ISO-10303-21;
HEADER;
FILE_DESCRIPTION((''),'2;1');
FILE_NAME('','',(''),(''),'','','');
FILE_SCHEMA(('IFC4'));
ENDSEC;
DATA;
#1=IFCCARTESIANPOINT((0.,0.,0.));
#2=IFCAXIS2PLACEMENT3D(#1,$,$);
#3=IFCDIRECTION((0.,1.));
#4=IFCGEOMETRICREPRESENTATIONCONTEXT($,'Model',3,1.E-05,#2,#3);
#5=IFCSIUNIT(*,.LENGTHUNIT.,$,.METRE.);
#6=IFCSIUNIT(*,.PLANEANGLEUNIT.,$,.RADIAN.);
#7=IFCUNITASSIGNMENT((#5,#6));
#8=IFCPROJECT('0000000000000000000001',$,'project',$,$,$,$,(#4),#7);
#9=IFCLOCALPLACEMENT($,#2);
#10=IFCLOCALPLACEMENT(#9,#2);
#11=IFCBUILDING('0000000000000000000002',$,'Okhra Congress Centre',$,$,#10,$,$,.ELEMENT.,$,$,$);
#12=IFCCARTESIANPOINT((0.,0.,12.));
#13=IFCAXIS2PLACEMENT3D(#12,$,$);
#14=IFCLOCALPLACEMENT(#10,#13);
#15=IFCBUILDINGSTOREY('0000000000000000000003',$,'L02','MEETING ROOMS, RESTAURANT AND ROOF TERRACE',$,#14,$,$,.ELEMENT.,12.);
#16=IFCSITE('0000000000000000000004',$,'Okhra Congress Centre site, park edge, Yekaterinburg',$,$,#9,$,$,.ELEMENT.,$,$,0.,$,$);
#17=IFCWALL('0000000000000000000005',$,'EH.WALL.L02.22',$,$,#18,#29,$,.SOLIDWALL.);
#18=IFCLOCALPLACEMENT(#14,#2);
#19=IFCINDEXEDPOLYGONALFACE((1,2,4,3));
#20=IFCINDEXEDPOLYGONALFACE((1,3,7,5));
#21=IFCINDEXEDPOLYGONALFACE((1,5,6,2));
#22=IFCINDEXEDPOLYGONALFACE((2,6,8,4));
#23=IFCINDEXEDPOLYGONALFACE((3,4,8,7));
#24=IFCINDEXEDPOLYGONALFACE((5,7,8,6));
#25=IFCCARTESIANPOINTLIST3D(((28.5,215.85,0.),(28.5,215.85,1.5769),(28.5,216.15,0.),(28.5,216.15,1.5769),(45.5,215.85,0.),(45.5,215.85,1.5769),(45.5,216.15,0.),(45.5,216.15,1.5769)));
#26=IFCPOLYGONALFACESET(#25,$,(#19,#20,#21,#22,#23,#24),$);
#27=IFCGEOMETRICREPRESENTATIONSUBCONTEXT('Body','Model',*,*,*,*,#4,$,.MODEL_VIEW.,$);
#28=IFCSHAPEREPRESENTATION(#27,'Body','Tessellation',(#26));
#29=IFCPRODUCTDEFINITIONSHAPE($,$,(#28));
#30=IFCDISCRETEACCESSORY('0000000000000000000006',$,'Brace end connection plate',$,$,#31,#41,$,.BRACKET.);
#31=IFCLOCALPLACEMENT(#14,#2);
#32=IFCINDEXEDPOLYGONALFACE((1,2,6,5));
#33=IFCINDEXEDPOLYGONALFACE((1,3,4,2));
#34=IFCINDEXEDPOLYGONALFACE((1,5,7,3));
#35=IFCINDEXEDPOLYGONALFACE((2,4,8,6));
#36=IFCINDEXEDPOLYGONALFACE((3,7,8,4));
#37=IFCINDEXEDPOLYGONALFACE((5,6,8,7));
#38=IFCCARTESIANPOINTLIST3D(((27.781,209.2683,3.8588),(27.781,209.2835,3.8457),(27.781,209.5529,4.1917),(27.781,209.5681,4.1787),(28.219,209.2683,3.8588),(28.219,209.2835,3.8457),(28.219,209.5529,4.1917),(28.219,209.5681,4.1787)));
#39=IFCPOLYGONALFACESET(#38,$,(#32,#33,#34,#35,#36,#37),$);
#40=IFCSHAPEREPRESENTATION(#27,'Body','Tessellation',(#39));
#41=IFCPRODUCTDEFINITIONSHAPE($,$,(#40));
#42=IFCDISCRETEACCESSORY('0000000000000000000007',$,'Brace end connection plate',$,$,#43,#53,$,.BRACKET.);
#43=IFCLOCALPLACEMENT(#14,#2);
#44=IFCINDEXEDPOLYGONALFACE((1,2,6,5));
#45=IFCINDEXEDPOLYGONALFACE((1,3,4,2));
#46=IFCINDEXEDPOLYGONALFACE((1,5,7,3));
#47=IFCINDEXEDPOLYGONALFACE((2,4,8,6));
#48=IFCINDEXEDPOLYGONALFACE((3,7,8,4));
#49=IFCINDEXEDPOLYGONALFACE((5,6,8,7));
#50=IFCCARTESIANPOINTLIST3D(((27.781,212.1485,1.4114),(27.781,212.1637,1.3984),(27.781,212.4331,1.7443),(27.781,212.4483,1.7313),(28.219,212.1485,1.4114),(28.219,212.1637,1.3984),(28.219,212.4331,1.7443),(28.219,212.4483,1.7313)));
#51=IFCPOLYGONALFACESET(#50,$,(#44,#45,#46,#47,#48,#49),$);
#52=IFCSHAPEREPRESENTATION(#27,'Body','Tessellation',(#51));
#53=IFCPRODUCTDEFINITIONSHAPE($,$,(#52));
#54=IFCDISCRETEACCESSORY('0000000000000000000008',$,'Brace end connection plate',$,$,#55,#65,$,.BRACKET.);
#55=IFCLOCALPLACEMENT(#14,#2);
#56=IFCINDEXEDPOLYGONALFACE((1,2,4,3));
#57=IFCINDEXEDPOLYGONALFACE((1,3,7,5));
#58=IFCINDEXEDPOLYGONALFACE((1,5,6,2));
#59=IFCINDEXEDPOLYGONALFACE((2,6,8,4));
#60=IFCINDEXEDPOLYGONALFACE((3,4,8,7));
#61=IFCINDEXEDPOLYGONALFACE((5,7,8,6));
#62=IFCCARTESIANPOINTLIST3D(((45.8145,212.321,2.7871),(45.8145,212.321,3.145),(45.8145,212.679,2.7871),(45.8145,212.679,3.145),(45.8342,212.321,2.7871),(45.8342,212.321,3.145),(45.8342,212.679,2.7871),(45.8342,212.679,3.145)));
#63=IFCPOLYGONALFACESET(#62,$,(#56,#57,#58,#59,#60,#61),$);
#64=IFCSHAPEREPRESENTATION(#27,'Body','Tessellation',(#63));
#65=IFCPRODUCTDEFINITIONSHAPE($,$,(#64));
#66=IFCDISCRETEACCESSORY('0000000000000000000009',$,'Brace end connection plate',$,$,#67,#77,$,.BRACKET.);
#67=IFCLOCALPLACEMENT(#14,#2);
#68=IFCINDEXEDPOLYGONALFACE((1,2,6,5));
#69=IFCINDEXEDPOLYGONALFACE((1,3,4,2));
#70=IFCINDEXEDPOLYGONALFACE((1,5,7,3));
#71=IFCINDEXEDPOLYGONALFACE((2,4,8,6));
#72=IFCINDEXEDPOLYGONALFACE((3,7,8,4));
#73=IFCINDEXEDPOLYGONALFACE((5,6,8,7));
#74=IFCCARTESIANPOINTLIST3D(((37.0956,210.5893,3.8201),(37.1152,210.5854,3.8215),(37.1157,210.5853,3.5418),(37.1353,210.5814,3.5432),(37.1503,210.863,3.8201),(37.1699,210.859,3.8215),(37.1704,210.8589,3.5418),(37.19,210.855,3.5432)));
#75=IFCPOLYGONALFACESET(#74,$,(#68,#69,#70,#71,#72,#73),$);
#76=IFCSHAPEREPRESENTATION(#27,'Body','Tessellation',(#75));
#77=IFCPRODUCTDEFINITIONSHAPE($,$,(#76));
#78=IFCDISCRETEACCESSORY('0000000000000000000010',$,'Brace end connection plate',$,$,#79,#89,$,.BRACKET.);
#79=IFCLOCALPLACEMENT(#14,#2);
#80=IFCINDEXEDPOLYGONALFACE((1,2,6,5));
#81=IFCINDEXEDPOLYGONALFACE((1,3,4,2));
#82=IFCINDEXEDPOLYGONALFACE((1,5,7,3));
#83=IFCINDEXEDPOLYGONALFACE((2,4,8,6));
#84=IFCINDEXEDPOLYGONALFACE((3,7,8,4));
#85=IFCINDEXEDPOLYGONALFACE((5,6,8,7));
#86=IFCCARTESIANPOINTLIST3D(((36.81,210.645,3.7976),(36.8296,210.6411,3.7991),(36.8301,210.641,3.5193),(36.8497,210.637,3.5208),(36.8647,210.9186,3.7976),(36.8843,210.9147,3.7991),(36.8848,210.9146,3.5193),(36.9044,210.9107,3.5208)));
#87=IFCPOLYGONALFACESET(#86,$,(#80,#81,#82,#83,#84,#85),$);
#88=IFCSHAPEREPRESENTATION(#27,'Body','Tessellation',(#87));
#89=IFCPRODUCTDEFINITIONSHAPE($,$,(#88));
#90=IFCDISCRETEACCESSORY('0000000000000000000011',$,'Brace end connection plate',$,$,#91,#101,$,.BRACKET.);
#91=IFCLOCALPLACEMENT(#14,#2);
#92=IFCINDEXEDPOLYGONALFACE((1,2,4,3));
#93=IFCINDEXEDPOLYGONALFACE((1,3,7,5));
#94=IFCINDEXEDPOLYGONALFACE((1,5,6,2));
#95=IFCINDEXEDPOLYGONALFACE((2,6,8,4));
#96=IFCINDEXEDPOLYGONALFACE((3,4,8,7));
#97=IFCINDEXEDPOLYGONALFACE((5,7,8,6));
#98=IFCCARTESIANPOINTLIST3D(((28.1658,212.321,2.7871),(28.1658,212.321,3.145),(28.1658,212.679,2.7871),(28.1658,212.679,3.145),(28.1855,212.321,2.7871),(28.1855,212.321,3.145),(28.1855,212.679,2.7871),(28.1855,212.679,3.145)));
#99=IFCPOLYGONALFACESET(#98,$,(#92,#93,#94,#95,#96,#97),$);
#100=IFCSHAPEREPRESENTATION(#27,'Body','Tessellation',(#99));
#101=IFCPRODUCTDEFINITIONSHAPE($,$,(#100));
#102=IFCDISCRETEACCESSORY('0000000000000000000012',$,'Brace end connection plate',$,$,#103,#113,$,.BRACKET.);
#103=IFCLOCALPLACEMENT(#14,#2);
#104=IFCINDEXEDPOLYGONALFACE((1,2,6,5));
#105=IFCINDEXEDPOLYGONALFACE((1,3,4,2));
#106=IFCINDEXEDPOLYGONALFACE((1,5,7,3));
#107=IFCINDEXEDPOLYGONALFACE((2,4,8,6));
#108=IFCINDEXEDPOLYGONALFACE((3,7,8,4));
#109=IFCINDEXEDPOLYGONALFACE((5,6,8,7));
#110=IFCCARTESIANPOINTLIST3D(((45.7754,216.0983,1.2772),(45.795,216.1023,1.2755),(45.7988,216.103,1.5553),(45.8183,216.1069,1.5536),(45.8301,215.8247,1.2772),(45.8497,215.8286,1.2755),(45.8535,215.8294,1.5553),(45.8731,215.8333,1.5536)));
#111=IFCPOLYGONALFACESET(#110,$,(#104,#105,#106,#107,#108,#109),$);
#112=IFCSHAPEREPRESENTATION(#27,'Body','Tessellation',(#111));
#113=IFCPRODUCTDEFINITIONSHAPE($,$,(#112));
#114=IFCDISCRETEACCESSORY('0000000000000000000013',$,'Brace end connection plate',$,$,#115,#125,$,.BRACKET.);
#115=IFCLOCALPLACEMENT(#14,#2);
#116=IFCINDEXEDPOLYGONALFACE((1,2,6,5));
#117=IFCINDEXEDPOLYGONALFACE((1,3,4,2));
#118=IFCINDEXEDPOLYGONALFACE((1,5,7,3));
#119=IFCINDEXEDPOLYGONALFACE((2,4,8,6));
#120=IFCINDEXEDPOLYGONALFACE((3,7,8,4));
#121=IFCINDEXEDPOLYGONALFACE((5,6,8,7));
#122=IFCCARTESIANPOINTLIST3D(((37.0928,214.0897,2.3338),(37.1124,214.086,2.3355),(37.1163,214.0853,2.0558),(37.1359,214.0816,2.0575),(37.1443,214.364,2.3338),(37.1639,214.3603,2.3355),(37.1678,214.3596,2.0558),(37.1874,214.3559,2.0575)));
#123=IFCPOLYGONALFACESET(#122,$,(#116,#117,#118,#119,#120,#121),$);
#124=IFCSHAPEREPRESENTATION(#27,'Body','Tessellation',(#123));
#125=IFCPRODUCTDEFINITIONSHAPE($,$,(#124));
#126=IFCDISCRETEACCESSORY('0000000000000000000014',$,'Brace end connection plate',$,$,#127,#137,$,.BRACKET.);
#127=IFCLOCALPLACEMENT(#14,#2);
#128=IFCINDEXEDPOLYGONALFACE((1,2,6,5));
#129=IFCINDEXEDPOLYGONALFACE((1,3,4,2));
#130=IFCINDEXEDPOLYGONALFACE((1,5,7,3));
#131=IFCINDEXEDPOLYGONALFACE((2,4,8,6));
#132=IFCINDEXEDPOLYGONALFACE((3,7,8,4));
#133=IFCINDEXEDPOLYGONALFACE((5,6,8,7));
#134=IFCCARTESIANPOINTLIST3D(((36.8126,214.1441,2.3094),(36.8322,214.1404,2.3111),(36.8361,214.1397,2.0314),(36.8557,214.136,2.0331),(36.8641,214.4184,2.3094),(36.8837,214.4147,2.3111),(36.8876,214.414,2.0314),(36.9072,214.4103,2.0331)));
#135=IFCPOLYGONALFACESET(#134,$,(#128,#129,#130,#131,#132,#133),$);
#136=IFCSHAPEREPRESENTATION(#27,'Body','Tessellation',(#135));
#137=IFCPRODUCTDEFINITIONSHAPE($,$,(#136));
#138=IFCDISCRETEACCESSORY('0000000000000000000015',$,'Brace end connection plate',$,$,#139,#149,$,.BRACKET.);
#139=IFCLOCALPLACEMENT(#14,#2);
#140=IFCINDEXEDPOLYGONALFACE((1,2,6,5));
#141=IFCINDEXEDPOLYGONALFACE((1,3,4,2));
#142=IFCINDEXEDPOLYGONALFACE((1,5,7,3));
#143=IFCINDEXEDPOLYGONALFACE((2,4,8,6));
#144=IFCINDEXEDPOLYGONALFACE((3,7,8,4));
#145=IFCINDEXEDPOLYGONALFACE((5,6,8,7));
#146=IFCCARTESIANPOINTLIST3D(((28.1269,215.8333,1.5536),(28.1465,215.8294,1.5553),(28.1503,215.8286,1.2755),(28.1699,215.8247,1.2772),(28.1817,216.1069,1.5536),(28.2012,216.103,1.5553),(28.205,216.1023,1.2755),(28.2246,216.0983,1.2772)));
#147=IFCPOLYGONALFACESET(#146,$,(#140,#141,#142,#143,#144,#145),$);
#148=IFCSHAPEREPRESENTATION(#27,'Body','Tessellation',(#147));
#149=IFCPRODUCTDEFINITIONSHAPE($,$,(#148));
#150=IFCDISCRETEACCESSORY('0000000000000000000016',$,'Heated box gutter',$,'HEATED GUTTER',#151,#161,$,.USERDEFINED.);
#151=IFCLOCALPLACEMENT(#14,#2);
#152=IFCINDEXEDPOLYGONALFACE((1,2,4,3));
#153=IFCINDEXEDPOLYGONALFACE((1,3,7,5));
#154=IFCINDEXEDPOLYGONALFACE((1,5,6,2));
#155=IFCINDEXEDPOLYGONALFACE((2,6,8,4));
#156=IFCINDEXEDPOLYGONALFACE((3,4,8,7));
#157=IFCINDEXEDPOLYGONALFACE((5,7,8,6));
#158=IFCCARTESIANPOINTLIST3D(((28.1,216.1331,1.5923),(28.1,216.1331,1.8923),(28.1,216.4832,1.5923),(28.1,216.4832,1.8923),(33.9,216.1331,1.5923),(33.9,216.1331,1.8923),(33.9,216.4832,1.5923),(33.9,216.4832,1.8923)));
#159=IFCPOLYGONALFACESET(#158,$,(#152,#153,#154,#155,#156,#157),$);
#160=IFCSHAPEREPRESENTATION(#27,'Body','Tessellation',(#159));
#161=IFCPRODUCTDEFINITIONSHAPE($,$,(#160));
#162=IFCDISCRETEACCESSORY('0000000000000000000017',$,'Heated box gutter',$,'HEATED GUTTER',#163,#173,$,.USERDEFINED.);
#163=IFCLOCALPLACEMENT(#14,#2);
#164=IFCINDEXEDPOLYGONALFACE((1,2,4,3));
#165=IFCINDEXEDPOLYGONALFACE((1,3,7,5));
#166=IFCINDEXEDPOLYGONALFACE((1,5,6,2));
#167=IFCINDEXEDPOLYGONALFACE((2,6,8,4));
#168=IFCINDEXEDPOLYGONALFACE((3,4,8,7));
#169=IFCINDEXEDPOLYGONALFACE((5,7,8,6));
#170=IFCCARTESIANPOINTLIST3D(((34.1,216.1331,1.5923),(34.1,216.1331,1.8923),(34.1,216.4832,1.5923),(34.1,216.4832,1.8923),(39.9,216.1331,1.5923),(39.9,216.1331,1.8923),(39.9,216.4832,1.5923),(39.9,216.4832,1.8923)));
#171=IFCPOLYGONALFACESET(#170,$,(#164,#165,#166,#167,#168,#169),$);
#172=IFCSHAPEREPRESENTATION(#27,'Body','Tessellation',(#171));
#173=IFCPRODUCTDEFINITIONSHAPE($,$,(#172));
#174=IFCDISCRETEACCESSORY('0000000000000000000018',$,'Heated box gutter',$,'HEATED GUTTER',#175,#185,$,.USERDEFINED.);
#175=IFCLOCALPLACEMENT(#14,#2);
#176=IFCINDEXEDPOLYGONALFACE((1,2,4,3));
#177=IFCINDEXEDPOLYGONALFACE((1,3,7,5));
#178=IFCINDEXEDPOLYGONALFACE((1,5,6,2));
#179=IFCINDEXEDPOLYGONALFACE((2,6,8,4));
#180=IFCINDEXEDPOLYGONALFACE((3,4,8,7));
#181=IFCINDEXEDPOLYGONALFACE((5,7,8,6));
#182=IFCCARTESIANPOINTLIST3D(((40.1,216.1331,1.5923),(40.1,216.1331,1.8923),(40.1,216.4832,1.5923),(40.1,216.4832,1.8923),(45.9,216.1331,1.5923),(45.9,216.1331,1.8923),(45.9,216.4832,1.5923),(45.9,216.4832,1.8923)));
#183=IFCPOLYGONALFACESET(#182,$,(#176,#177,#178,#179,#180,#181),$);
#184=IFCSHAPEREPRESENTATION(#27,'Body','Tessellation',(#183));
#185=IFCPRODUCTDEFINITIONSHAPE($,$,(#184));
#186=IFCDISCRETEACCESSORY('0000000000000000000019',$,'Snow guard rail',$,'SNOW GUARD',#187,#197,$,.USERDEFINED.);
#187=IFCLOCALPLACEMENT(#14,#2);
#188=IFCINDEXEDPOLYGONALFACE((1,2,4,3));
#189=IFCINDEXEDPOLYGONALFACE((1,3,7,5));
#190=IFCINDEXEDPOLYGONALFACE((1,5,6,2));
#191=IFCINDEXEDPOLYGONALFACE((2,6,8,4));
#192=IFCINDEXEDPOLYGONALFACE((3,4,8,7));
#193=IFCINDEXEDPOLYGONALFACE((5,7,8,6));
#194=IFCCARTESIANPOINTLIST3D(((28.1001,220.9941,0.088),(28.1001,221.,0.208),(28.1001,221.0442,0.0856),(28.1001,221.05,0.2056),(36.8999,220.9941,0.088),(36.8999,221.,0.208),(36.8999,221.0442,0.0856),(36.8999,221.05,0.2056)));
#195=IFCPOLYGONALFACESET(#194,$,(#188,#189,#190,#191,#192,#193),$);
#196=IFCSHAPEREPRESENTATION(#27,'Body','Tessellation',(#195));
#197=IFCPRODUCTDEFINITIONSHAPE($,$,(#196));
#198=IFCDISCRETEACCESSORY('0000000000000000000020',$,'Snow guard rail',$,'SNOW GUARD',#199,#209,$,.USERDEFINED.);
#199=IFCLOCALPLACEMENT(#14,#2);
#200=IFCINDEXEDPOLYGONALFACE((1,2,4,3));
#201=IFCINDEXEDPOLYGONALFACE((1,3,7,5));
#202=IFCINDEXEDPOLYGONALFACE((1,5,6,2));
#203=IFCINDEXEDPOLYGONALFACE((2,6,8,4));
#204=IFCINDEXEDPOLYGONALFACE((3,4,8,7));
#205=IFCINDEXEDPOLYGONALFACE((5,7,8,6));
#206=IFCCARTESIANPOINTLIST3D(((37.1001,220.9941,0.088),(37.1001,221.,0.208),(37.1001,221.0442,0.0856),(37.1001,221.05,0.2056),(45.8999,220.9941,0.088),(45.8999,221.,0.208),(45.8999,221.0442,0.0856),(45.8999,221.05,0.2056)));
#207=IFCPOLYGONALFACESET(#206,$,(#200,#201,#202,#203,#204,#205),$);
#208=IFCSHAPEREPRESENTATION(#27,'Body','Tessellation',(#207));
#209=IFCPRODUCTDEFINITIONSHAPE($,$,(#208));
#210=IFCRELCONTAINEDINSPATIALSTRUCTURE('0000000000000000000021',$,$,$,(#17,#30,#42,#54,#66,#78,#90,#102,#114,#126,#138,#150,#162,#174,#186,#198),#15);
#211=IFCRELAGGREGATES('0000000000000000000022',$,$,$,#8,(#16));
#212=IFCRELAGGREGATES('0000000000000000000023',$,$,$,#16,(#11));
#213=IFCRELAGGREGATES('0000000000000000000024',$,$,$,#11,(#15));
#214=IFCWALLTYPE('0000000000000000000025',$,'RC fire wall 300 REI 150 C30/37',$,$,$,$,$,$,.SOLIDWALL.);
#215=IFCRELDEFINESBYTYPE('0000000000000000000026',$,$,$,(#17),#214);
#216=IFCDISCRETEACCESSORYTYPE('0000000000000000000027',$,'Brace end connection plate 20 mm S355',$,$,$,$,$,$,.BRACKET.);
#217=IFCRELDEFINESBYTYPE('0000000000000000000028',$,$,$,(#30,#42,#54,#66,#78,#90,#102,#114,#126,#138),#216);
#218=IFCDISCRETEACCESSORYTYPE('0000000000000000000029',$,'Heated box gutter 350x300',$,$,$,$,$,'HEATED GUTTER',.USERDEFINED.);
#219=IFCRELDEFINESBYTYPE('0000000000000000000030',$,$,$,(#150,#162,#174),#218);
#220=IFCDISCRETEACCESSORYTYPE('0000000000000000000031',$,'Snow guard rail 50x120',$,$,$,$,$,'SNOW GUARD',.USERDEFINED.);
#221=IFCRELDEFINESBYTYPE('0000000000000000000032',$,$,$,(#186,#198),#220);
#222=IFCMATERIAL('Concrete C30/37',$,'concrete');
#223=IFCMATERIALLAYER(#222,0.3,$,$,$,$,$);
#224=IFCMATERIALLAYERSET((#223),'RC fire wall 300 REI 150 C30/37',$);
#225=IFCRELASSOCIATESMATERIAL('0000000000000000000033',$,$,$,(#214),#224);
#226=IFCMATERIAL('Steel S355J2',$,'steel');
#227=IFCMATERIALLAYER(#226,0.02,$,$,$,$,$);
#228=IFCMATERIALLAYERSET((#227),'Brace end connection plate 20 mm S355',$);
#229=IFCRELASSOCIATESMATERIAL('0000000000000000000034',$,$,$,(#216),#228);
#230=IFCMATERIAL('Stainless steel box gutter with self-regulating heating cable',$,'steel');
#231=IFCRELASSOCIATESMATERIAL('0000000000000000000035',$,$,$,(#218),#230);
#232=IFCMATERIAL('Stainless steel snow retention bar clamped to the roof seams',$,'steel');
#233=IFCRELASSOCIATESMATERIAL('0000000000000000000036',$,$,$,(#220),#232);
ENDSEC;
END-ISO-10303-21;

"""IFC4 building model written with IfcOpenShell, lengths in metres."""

from ifc_helpers import new_model, si_unit, direction, frame, frame_2d, origin, origin_2d, place, context, subcontext, project, spatial, polyline, rectangle, outline, extrude, material, layer, layer_set, type_object, element, save


model = new_model("IFC4")

# Units and contexts
model_context = context("Model", 3, precision=1e-05, world=origin(), true_north=direction((0.0, 1.0)))
body_context = subcontext(model_context, "Body", "Model", "MODEL_VIEW")
ifc_project = project(units=[si_unit("LENGTHUNIT", "METRE"), si_unit("PLANEANGLEUNIT", "RADIAN")], contexts=[model_context])

# Site, building, storey
site_placement = place(None, origin())
site = spatial("IfcSite", under=ifc_project, at=site_placement, Name="Okhra Congress Centre site, park edge, Yekaterinburg", CompositionType="ELEMENT", RefElevation=0.0)
building_placement = place(site_placement, origin())
building = spatial("IfcBuilding", under=site, at=building_placement, Name="Okhra Congress Centre", CompositionType="ELEMENT")
storey_placement = place(building_placement, frame((0.0, 0.0, 12.0)))
storey = spatial("IfcBuildingStorey", under=building, at=storey_placement, Name="L02", Description="MEETING ROOMS, RESTAURANT AND ROOF TERRACE", CompositionType="ELEMENT", Elevation=12.0)

# Shared definitions
ifc_material_1 = material(Name="Steel S355J2", Category="steel")

# Wall
ifc_material_2 = material(Name="Concrete C30/37", Category="concrete")
ifc_layer_1 = layer(ifc_material_2, 0.3)
ifc_layer_set_1 = layer_set([ifc_layer_1], Name="RC fire wall 300 REI 150 C30/37")
wall_type = type_object("IfcWallType", Name="RC fire wall 300 REI 150 C30/37", PredefinedType="SOLIDWALL", material=ifc_layer_set_1)
wall_placement = place(storey_placement, frame((28.5, 216.0, 0.0), z_axis=(0.0, 0.0, 1.0), x_axis=(1.0, 0.0, 0.0)))
element("IfcWall", 1, at=wall_placement, inside=storey, type_object=wall_type, Name="EH.WALL.L02.22", PredefinedType="SOLIDWALL", context=body_context, shape_type="SweptSolid", body=[
    extrude(rectangle(XDim=17.0, YDim=0.3, at=frame_2d((8.5, 0.0))), origin(), (0.0, 0.0, 1.0), 1.5769),
])

# Discrete accessories
ifc_layer_2 = layer(ifc_material_1, 0.02)
ifc_layer_set_2 = layer_set([ifc_layer_2], Name="Brace end connection plate 20 mm S355")
discrete_accessory_type_1 = type_object("IfcDiscreteAccessoryType", Name="Brace end connection plate 20 mm S355", PredefinedType="BRACKET", material=ifc_layer_set_2)
for number, where, z_axis, x_axis, name in (
    (2, (28.0, 209.4258, 4.0122), (0.0, -0.760121, 0.649781), (1.0, 0.0, 0.0), "Brace end connection plate"),
    (3, (28.0, 212.2908, 1.5779), (0.0, 0.760121, -0.649781), (-1.0, 0.0, 0.0), "Brace end connection plate"),
):
    element("IfcDiscreteAccessory", number, at=place(storey_placement, frame(where, z_axis=z_axis, x_axis=x_axis)), inside=storey, type_object=discrete_accessory_type_1, Name=name, PredefinedType="BRACKET", context=body_context, shape_type="SweptSolid", body=[
        extrude(rectangle(XDim=0.438, YDim=0.438, at=origin_2d()), origin(), (0.0, 0.0, 1.0), 0.02),
    ])
discrete_accessory_1_placement = place(storey_placement, frame((45.8145, 212.5, 2.9661), z_axis=(1.0, 0.0, 0.0), x_axis=(0.0, 1.0, 0.0)))
element("IfcDiscreteAccessory", 4, at=discrete_accessory_1_placement, inside=storey, type_object=discrete_accessory_type_1, Name="Brace end connection plate", PredefinedType="BRACKET", context=body_context, shape_type="SweptSolid", body=[
    extrude(rectangle(XDim=0.3579, YDim=0.3579, at=origin_2d()), origin(), (0.0, 0.0, 1.0), 0.0198),
])
for number, where, z_axis, x_axis, name in (
    (5, (37.1526, 210.7202, 3.6824), (-0.97794, 0.195588, -0.073345), (-0.196116, -0.980581, 0.0), "Brace end connection plate"),
    (6, (36.8474, 210.7798, 3.6584), (0.97794, -0.195588, 0.073345), (0.196116, 0.980581, 0.0), "Brace end connection plate"),
):
    element("IfcDiscreteAccessory", number, at=place(storey_placement, frame(where, z_axis=z_axis, x_axis=x_axis)), inside=storey, type_object=discrete_accessory_type_1, Name=name, PredefinedType="BRACKET", context=body_context, shape_type="SweptSolid", body=[
        extrude(rectangle(XDim=0.2791, YDim=0.2791, at=origin_2d()), origin(), (0.0, 0.0, 1.0), 0.02),
    ])
discrete_accessory_2_placement = place(storey_placement, frame((28.1855, 212.5, 2.9661), z_axis=(-1.0, 0.0, 0.0), x_axis=(0.0, -1.0, 0.0)))
element("IfcDiscreteAccessory", 7, at=discrete_accessory_2_placement, inside=storey, type_object=discrete_accessory_type_1, Name="Brace end connection plate", PredefinedType="BRACKET", context=body_context, shape_type="SweptSolid", body=[
    extrude(rectangle(XDim=0.3579, YDim=0.3579, at=origin_2d()), origin(), (0.0, 0.0, 1.0), 0.0198),
])
for number, where, z_axis, x_axis, name in (
    (8, (45.8145, 215.9639, 1.4163), (0.976991, 0.195398, -0.085487), (-0.196116, 0.980581, 0.0), "Brace end connection plate"),
    (9, (37.1499, 214.2209, 2.1965), (-0.979257, 0.183611, -0.085685), (-0.184289, -0.982872, 0.0), "Brace end connection plate"),
    (10, (36.8501, 214.2791, 2.1704), (0.979257, -0.183611, 0.085685), (0.184289, 0.982872, 0.0), "Brace end connection plate"),
    (11, (28.1855, 215.9639, 1.4163), (-0.976991, 0.195398, -0.085487), (-0.196116, -0.980581, 0.0), "Brace end connection plate"),
):
    element("IfcDiscreteAccessory", number, at=place(storey_placement, frame(where, z_axis=z_axis, x_axis=x_axis)), inside=storey, type_object=discrete_accessory_type_1, Name=name, PredefinedType="BRACKET", context=body_context, shape_type="SweptSolid", body=[
        extrude(rectangle(XDim=0.2791, YDim=0.2791, at=origin_2d()), origin(), (0.0, 0.0, 1.0), 0.02),
    ])
ifc_material_3 = material(Name="Stainless steel box gutter with self-regulating heating cable", Category="steel")
discrete_accessory_type_2 = type_object("IfcDiscreteAccessoryType", Name="Heated box gutter 350x300", ElementType="HEATED GUTTER", PredefinedType="USERDEFINED", material=ifc_material_3)
for number, where, z_axis, x_axis, name in (
    (12, (31.0, 216.3081, 1.5923), (0.0, 0.0, 1.0), (1.0, 0.0, 0.0), "Heated box gutter"),
    (13, (37.0, 216.3081, 1.5923), (0.0, 0.0, 1.0), (1.0, 0.0, 0.0), "Heated box gutter"),
    (14, (43.0, 216.3081, 1.5923), (0.0, 0.0, 1.0), (1.0, 0.0, 0.0), "Heated box gutter"),
):
    element("IfcDiscreteAccessory", number, at=place(storey_placement, frame(where, z_axis=z_axis, x_axis=x_axis)), inside=storey, type_object=discrete_accessory_type_2, Name=name, ObjectType="HEATED GUTTER", PredefinedType="USERDEFINED", context=body_context, shape_type="SweptSolid", body=[
        extrude(rectangle(XDim=5.8, YDim=0.3501, at=origin_2d()), origin(), (0.0, 0.0, 1.0), 0.3),
    ])
ifc_material_4 = material(Name="Stainless steel snow retention bar clamped to the roof seams", Category="steel")
discrete_accessory_type_3 = type_object("IfcDiscreteAccessoryType", Name="Snow guard rail 50x120", ElementType="SNOW GUARD", PredefinedType="USERDEFINED", material=ifc_material_4)
for number, where, z_axis, x_axis, name in (
    (15, (28.1001, 221.0, 0.208), (0.0, 0.048723, 0.998812), (1.0, 0.0, 0.0), "Snow guard rail"),
    (16, (37.1001, 221.0, 0.208), (0.0, 0.048723, 0.998812), (1.0, 0.0, 0.0), "Snow guard rail"),
):
    element("IfcDiscreteAccessory", number, at=place(storey_placement, frame(where, z_axis=z_axis, x_axis=x_axis)), inside=storey, type_object=discrete_accessory_type_3, Name=name, ObjectType="SNOW GUARD", PredefinedType="USERDEFINED", context=body_context, shape_type="SweptSolid", body=[
        extrude(outline(polyline([(0.0, 0.0), (8.7998, 0.0), (8.7998, 0.0501), (0.0, 0.0501), (0.0, 0.0)])), origin(), (0.0, 0.0, -1.0), 0.1201),
    ])

save(model, "model.ifc")
